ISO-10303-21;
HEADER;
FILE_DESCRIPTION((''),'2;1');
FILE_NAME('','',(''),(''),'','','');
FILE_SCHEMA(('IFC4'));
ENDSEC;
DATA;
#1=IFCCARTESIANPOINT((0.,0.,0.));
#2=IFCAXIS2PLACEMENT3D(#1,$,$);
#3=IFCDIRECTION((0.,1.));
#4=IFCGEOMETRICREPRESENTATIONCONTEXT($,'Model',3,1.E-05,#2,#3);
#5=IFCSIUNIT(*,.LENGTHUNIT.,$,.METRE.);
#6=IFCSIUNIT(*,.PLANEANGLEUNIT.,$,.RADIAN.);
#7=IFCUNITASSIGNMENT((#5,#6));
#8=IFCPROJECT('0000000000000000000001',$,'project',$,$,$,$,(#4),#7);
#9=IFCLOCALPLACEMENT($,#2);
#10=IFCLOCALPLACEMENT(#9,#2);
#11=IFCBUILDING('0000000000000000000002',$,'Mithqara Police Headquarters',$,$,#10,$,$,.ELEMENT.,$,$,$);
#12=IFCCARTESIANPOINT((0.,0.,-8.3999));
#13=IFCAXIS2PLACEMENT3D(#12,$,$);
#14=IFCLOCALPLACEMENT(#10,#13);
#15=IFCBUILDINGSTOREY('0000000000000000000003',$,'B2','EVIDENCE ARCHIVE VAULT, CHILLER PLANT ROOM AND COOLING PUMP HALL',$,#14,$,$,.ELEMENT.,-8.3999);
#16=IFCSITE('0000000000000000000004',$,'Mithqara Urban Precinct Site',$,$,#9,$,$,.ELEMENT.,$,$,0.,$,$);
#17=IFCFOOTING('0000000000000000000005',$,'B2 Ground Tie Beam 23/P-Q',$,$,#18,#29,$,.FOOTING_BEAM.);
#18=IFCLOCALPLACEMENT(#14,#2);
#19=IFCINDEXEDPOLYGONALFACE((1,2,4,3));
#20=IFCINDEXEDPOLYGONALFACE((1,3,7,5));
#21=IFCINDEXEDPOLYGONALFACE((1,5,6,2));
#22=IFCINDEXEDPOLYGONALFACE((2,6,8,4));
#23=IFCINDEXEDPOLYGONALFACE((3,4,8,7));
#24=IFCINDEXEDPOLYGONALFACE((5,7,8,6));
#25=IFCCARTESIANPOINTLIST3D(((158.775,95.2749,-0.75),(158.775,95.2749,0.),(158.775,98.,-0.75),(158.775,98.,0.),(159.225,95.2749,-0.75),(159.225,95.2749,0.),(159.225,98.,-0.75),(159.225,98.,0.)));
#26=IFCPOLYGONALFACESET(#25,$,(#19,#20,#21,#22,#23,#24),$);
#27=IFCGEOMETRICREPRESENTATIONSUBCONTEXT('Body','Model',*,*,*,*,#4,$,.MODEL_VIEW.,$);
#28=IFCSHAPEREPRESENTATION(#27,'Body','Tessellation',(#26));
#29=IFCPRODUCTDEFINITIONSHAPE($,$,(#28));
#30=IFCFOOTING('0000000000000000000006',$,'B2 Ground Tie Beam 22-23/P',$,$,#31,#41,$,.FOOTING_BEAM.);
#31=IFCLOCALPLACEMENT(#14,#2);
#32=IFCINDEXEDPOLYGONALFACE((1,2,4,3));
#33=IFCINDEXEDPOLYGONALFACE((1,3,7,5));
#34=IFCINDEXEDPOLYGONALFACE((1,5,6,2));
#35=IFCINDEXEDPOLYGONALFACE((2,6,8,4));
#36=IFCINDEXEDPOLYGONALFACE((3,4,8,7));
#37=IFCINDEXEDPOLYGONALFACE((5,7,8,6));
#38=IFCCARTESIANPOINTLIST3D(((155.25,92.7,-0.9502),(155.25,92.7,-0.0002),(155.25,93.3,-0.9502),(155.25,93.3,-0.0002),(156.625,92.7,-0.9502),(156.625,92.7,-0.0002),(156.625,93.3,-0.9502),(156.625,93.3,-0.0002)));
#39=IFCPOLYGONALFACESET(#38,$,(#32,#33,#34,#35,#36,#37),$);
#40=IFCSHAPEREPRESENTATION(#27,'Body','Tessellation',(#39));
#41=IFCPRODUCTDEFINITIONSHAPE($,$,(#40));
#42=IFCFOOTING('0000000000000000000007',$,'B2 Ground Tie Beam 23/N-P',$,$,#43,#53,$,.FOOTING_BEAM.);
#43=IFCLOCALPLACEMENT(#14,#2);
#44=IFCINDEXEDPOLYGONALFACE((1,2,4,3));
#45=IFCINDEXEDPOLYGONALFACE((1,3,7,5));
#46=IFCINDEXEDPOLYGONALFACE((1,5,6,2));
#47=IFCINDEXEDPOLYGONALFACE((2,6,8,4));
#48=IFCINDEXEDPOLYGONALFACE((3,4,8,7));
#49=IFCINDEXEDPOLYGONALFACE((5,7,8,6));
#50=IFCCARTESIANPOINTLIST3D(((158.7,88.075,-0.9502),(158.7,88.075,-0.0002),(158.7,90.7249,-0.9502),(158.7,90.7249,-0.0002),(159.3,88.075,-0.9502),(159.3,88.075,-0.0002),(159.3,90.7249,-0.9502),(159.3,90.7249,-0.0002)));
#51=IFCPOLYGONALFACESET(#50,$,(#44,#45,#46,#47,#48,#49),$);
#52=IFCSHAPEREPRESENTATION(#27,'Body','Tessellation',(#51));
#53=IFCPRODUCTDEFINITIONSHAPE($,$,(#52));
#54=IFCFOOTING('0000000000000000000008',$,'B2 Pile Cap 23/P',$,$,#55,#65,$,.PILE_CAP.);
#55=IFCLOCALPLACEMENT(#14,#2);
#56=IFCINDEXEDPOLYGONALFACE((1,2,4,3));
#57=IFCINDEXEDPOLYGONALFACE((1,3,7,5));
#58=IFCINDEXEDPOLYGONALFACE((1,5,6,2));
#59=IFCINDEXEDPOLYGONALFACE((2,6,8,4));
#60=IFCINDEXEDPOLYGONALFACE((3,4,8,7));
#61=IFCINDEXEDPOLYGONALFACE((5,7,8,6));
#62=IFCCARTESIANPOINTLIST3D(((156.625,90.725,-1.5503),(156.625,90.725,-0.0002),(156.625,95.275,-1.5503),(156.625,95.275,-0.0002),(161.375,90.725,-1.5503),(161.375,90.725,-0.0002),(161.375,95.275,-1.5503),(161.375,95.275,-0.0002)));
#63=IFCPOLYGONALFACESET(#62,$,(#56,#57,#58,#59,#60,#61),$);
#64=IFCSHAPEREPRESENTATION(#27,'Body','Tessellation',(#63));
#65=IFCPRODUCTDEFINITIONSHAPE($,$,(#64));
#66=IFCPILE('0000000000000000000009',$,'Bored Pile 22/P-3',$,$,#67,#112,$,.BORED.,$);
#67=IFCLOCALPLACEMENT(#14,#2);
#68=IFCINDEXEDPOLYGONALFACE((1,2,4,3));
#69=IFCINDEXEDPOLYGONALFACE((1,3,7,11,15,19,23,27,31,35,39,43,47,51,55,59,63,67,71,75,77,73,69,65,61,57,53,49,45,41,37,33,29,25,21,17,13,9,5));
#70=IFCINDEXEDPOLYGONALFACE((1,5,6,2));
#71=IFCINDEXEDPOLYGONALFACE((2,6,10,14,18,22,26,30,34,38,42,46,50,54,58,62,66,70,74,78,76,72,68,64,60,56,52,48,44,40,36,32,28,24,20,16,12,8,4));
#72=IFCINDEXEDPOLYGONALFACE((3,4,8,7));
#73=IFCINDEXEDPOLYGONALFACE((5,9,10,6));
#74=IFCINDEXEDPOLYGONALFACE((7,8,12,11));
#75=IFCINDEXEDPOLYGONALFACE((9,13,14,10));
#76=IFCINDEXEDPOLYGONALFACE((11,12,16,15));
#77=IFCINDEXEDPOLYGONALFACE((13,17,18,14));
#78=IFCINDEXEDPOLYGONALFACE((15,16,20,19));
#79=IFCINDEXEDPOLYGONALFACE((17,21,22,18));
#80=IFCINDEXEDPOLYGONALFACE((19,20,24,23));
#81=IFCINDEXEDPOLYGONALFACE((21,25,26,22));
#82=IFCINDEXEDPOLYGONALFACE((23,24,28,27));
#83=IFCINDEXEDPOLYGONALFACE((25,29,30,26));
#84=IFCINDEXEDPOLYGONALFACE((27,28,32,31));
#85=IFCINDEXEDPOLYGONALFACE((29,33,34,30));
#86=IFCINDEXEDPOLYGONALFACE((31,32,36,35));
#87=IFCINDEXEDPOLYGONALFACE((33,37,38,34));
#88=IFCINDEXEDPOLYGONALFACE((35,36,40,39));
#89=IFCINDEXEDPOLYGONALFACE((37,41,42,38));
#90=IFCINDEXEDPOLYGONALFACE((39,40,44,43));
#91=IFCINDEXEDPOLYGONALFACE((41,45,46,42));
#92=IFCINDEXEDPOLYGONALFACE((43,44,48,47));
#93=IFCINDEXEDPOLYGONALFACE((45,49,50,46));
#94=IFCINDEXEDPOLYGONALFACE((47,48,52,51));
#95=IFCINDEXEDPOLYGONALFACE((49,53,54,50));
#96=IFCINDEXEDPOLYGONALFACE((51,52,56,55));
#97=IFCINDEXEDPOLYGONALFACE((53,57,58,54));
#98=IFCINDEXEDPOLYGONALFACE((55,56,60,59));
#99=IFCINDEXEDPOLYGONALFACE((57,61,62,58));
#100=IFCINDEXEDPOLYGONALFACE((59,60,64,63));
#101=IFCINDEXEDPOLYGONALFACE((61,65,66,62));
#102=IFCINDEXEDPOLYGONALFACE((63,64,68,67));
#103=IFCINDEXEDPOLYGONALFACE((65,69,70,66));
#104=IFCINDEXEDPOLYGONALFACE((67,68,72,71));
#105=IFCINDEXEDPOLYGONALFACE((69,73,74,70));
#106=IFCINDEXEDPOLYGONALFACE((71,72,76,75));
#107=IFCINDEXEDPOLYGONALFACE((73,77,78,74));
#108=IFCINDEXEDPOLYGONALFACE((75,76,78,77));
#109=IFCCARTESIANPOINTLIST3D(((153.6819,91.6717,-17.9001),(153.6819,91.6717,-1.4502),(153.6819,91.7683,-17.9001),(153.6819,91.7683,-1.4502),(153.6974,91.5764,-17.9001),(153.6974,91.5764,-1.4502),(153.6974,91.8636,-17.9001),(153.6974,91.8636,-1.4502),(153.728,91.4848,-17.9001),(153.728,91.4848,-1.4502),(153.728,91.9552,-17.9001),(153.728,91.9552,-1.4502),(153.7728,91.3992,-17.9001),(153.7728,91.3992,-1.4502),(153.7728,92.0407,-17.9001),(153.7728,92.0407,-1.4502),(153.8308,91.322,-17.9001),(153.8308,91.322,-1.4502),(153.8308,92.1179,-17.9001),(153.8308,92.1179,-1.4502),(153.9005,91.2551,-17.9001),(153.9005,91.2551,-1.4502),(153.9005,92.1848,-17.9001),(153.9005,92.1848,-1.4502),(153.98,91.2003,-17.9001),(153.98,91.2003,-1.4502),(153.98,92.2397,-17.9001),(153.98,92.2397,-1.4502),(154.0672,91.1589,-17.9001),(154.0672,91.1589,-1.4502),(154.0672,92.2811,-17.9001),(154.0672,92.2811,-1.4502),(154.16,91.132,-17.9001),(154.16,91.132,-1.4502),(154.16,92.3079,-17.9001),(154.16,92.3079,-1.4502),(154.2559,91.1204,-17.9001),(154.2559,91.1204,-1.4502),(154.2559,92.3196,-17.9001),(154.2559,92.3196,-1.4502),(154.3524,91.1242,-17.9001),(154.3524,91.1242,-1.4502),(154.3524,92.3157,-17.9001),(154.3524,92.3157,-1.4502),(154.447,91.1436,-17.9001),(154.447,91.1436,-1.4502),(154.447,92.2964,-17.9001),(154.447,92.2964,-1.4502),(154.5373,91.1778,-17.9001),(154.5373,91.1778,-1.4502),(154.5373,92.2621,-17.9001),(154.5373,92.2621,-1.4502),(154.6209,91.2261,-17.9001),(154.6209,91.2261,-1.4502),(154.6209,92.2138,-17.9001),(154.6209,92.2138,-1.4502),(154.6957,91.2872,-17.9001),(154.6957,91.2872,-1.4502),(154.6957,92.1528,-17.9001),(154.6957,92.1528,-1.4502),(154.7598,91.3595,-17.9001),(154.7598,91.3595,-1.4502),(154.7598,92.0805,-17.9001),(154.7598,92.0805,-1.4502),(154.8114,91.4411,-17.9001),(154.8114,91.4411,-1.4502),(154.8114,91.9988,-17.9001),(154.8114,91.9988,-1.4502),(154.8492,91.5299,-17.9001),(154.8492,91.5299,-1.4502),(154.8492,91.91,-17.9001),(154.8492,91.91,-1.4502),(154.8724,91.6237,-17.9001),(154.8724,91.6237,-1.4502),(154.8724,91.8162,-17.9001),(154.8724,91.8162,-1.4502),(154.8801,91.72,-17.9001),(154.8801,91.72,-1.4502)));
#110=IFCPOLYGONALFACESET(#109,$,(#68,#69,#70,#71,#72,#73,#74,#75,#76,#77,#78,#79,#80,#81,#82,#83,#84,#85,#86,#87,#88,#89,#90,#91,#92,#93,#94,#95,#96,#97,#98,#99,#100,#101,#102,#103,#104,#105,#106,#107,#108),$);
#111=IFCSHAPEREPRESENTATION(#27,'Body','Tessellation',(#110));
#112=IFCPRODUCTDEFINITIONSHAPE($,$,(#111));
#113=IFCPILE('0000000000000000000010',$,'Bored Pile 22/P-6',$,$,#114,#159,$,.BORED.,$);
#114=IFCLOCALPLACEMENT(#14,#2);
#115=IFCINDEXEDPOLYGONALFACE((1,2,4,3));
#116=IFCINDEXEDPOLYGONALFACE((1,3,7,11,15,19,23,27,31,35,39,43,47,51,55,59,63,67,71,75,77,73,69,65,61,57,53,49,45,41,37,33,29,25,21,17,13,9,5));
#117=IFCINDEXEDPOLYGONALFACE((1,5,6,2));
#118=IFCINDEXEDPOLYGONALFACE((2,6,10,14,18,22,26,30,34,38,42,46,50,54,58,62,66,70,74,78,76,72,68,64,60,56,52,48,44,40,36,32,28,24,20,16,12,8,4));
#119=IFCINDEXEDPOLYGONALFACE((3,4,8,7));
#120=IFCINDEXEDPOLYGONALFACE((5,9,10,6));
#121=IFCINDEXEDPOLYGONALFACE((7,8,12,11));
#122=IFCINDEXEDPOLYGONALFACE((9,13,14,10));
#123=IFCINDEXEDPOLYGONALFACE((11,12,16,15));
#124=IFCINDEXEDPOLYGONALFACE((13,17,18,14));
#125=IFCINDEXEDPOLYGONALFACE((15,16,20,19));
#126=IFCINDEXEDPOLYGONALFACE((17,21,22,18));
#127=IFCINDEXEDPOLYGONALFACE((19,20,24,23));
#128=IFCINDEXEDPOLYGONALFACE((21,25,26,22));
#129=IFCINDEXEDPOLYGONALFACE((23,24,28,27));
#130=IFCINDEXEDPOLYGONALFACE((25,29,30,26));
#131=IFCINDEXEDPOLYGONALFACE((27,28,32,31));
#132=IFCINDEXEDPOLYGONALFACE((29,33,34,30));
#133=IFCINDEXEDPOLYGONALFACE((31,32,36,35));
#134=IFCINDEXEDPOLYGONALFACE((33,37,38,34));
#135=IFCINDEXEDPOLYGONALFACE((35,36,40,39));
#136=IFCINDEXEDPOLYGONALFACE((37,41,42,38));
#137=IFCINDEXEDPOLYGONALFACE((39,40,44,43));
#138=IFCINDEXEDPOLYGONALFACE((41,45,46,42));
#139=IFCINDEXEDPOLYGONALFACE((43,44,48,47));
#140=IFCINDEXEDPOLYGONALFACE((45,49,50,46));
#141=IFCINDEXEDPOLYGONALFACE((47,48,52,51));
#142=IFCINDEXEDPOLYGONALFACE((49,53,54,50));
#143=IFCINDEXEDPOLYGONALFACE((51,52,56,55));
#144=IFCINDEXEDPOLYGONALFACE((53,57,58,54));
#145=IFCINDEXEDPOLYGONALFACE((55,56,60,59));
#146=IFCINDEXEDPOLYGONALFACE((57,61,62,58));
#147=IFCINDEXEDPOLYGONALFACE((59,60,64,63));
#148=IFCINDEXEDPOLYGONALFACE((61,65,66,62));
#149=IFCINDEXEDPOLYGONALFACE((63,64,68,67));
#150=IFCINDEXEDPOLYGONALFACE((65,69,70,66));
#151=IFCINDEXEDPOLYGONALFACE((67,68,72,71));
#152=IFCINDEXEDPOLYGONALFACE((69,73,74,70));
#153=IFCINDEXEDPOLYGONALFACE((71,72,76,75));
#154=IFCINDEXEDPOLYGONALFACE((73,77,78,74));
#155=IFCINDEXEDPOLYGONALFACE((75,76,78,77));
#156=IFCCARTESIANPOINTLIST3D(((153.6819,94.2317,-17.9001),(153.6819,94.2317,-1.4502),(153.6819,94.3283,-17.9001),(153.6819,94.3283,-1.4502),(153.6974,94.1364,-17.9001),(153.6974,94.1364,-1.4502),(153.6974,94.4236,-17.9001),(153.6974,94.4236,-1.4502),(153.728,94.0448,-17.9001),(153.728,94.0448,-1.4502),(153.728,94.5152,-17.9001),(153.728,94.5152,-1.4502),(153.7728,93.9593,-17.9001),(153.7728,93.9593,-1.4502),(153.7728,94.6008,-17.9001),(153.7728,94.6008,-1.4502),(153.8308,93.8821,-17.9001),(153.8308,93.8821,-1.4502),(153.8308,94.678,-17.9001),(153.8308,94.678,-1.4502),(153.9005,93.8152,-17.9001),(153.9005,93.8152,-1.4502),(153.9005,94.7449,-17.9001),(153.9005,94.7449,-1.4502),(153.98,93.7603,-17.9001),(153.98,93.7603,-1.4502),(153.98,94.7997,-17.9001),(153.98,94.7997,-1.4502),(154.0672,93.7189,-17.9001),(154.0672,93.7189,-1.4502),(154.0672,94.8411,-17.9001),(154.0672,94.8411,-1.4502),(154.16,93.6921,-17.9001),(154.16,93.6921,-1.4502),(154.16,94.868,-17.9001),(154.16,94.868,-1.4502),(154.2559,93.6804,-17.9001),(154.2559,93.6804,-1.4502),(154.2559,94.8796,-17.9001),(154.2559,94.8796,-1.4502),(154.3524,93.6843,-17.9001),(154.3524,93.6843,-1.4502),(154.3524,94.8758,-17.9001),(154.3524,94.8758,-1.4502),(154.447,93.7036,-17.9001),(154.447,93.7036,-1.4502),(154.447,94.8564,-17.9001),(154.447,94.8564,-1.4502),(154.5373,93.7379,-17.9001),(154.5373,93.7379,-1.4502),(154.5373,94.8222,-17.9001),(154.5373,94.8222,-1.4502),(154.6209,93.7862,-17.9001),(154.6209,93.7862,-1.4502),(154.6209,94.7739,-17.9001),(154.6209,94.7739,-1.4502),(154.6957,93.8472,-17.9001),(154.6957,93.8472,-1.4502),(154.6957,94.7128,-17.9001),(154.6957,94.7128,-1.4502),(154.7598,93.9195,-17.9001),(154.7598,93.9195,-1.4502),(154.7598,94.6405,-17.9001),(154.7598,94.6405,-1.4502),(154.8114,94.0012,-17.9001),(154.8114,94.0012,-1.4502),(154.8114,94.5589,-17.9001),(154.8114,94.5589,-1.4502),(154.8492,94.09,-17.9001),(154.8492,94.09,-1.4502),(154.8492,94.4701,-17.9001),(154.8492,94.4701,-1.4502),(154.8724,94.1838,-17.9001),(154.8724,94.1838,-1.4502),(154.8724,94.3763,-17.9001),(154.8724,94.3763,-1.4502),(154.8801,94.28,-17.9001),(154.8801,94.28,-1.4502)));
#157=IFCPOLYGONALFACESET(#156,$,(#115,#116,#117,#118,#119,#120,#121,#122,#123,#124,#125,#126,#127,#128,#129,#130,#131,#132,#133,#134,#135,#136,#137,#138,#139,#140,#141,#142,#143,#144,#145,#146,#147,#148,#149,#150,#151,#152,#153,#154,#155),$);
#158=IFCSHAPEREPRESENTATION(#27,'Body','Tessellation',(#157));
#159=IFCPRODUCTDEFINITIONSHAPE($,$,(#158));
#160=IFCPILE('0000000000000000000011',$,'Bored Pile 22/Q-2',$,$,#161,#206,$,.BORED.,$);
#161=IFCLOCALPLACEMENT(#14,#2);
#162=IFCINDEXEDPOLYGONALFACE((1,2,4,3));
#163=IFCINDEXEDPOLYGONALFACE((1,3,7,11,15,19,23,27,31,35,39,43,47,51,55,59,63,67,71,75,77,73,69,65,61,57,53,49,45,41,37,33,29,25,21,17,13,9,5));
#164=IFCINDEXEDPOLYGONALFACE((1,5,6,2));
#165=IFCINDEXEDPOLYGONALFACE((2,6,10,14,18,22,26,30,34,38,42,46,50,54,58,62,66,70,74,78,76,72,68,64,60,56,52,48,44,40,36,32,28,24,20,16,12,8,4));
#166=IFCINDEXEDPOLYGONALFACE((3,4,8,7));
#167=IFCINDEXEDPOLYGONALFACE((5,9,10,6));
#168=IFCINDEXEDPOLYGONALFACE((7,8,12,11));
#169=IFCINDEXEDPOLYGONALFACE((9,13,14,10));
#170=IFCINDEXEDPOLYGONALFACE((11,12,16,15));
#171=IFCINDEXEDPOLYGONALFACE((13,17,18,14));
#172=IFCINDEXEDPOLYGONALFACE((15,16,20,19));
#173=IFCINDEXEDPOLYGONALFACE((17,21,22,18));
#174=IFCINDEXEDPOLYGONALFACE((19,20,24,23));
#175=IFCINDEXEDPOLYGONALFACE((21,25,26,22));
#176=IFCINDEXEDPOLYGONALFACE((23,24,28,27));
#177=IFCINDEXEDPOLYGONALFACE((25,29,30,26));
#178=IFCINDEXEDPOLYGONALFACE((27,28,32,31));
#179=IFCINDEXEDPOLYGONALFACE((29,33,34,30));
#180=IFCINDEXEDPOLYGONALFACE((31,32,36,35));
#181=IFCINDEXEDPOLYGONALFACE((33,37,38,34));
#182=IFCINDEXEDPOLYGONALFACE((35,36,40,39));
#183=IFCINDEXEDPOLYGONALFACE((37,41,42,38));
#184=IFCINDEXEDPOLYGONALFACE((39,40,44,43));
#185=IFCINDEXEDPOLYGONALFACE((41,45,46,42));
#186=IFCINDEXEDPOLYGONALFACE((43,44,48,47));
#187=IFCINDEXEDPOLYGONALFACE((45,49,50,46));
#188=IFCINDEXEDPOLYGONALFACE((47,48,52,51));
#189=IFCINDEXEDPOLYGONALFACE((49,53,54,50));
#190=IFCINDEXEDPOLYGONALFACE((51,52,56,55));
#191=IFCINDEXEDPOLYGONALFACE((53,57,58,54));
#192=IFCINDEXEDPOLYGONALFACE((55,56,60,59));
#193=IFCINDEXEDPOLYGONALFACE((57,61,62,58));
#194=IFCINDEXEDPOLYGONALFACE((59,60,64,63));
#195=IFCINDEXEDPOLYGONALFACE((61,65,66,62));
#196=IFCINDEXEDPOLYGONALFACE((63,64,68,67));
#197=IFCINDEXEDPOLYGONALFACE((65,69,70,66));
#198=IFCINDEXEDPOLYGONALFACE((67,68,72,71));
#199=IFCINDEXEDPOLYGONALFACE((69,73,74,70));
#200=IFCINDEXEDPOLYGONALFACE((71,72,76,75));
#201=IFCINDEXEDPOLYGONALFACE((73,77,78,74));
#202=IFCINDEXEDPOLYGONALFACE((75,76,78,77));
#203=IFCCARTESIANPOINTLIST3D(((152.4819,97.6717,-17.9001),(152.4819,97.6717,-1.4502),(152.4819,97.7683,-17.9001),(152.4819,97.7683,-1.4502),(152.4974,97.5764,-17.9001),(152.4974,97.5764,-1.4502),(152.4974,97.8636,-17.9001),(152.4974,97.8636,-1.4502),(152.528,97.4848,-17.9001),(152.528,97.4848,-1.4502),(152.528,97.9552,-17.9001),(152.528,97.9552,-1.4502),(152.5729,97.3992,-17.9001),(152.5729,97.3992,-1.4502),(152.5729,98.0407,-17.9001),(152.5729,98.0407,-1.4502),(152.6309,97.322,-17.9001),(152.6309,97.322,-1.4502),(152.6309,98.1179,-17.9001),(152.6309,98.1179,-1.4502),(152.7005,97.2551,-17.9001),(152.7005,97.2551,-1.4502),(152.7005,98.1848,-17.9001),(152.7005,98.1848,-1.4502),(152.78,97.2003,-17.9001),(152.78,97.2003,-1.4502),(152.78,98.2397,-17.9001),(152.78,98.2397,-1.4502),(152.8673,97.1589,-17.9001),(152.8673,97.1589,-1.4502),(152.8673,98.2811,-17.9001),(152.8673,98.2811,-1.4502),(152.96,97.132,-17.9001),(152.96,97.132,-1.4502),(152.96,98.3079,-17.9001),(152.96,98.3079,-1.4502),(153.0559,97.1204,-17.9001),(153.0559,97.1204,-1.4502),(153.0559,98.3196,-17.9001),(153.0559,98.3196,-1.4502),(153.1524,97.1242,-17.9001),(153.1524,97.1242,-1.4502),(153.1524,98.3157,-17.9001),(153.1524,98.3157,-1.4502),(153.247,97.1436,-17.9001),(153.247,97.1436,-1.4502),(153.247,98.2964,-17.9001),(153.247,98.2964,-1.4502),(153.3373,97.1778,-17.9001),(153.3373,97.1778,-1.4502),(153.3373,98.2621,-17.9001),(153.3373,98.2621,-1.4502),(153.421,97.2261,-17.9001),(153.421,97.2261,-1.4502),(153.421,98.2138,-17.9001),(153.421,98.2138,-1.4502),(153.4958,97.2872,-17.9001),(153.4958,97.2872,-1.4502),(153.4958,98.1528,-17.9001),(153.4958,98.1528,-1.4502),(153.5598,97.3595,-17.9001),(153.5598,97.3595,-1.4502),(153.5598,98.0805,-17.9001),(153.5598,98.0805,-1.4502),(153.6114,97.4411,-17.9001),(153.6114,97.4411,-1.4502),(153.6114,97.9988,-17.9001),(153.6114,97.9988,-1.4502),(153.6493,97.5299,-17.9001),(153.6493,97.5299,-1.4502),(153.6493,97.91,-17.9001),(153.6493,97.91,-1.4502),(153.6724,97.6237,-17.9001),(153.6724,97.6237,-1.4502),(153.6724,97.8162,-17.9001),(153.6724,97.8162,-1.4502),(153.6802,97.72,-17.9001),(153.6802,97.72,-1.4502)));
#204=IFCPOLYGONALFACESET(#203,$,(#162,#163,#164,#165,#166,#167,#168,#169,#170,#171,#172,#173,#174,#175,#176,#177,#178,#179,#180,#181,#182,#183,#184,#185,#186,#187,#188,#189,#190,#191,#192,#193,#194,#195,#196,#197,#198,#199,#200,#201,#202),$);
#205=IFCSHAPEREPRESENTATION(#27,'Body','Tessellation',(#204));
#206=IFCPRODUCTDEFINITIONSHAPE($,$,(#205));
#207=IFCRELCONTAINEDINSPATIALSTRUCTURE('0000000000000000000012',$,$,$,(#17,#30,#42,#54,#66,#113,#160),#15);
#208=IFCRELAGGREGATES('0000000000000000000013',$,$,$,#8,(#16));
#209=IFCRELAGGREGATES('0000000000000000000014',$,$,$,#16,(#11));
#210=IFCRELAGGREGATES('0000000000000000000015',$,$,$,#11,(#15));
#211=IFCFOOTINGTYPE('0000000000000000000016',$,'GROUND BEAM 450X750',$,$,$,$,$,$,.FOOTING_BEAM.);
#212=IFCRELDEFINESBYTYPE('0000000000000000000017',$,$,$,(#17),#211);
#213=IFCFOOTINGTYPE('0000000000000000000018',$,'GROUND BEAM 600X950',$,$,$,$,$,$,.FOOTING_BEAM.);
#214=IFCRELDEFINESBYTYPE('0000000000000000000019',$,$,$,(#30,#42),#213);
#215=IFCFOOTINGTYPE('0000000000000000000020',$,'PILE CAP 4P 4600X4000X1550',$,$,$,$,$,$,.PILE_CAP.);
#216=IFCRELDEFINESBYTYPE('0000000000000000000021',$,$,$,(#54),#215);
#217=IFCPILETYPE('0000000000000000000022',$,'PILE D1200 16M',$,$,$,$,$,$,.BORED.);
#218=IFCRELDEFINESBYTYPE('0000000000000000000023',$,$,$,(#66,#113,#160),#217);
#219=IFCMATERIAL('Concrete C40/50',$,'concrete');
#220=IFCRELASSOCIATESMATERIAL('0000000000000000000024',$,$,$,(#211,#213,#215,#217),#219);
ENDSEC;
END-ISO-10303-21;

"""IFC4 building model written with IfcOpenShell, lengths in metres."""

from ifc_helpers import new_model, si_unit, direction, frame, origin, origin_2d, place, context, subcontext, project, spatial, rectangle, circle, extrude, material, material_profile, profile_set, type_object, element, save


model = new_model("IFC4")

# Units and contexts
model_context = context("Model", 3, precision=1e-05, world=origin(), true_north=direction((0.0, 1.0)))
body_context = subcontext(model_context, "Body", "Model", "MODEL_VIEW")
ifc_project = project(units=[si_unit("LENGTHUNIT", "METRE"), si_unit("PLANEANGLEUNIT", "RADIAN")], contexts=[model_context])

# Site, building, storey
site_placement = place(None, origin())
site = spatial("IfcSite", under=ifc_project, at=site_placement, Name="Mithqara Urban Precinct Site", CompositionType="ELEMENT", RefElevation=0.0)
building_placement = place(site_placement, origin())
building = spatial("IfcBuilding", under=site, at=building_placement, Name="Mithqara Police Headquarters", CompositionType="ELEMENT")
storey_placement = place(building_placement, frame((0.0, 0.0, -8.3999)))
storey = spatial("IfcBuildingStorey", under=building, at=storey_placement, Name="B2", Description="EVIDENCE ARCHIVE VAULT, CHILLER PLANT ROOM AND COOLING PUMP HALL", CompositionType="ELEMENT", Elevation=-8.3999)

# Footings
ifc_material_1 = material(Name="Concrete C40/50", Category="concrete")
footing_type_1 = type_object("IfcFootingType", Name="GROUND BEAM 450X750", PredefinedType="FOOTING_BEAM", material=ifc_material_1)
footing_1_placement = place(storey_placement, frame((159.0, 96.6375, -0.75), z_axis=(0.0, 0.0, 1.0), x_axis=(1.0, 0.0, 0.0)))
element("IfcFooting", 1, at=footing_1_placement, inside=storey, type_object=footing_type_1, Name="B2 Ground Tie Beam 23/P-Q", PredefinedType="FOOTING_BEAM", context=body_context, shape_type="SweptSolid", body=[
    extrude(rectangle(XDim=0.45, YDim=2.7251, at=origin_2d()), origin(), (0.0, 0.0, 1.0), 0.75),
])
footing_type_2 = type_object("IfcFootingType", Name="GROUND BEAM 600X950", PredefinedType="FOOTING_BEAM", material=ifc_material_1)
footing_2_placement = place(storey_placement, frame((155.9375, 93.0, -0.9502), z_axis=(0.0, 0.0, 1.0), x_axis=(1.0, 0.0, 0.0)))
element("IfcFooting", 2, at=footing_2_placement, inside=storey, type_object=footing_type_2, Name="B2 Ground Tie Beam 22-23/P", PredefinedType="FOOTING_BEAM", context=body_context, shape_type="SweptSolid", body=[
    extrude(rectangle(XDim=1.375, YDim=0.6001, at=origin_2d()), origin(), (0.0, 0.0, 1.0), 0.95),
])
footing_3_placement = place(storey_placement, frame((159.0, 89.3999, -0.9502), z_axis=(0.0, 0.0, 1.0), x_axis=(1.0, 0.0, 0.0)))
element("IfcFooting", 3, at=footing_3_placement, inside=storey, type_object=footing_type_2, Name="B2 Ground Tie Beam 23/N-P", PredefinedType="FOOTING_BEAM", context=body_context, shape_type="SweptSolid", body=[
    extrude(rectangle(XDim=0.6001, YDim=2.6499, at=origin_2d()), origin(), (0.0, 0.0, 1.0), 0.95),
])
footing_type_3 = type_object("IfcFootingType", Name="PILE CAP 4P 4600X4000X1550", PredefinedType="PILE_CAP", material=ifc_material_1)
footing_4_placement = place(storey_placement, frame((159.0, 93.0, -1.5503), z_axis=(0.0, 0.0, 1.0), x_axis=(1.0, 0.0, 0.0)))
element("IfcFooting", 4, at=footing_4_placement, inside=storey, type_object=footing_type_3, Name="B2 Pile Cap 23/P", PredefinedType="PILE_CAP", context=body_context, shape_type="SweptSolid", body=[
    extrude(rectangle(XDim=4.75, YDim=4.55, at=origin_2d()), origin(), (0.0, 0.0, 1.0), 1.55),
])

# Piles
ifc_material_profile_1 = material_profile(ifc_material_1, circle(Radius=0.6001, at=origin_2d()), Name="PILE D1200")
ifc_profile_set_1 = profile_set([ifc_material_profile_1], Name="Concrete C40/50")
pile_type = type_object("IfcPileType", Name="PILE D1200 16M", PredefinedType="BORED", material=ifc_profile_set_1)
for number, where, z_axis, x_axis, name in (
    (5, (154.28, 91.72, -1.4502), (0.0, 0.0, -1.0), (1.0, 0.0, 0.0), "Bored Pile 22/P-3"),
    (6, (154.28, 94.28, -1.4502), (0.0, 0.0, -1.0), (1.0, 0.0, 0.0), "Bored Pile 22/P-6"),
    (7, (153.0801, 97.72, -1.4502), (0.0, 0.0, -1.0), (1.0, 0.0, 0.0), "Bored Pile 22/Q-2"),
):
    element("IfcPile", number, at=place(storey_placement, frame(where, z_axis=z_axis, x_axis=x_axis)), inside=storey, type_object=pile_type, Name=name, PredefinedType="BORED", context=body_context, shape_type="SweptSolid", body=[
        extrude(circle(Radius=0.6001, at=origin_2d()), origin(), (0.0, 0.0, 1.0), 16.45),
    ])

save(model, "model.ifc")
